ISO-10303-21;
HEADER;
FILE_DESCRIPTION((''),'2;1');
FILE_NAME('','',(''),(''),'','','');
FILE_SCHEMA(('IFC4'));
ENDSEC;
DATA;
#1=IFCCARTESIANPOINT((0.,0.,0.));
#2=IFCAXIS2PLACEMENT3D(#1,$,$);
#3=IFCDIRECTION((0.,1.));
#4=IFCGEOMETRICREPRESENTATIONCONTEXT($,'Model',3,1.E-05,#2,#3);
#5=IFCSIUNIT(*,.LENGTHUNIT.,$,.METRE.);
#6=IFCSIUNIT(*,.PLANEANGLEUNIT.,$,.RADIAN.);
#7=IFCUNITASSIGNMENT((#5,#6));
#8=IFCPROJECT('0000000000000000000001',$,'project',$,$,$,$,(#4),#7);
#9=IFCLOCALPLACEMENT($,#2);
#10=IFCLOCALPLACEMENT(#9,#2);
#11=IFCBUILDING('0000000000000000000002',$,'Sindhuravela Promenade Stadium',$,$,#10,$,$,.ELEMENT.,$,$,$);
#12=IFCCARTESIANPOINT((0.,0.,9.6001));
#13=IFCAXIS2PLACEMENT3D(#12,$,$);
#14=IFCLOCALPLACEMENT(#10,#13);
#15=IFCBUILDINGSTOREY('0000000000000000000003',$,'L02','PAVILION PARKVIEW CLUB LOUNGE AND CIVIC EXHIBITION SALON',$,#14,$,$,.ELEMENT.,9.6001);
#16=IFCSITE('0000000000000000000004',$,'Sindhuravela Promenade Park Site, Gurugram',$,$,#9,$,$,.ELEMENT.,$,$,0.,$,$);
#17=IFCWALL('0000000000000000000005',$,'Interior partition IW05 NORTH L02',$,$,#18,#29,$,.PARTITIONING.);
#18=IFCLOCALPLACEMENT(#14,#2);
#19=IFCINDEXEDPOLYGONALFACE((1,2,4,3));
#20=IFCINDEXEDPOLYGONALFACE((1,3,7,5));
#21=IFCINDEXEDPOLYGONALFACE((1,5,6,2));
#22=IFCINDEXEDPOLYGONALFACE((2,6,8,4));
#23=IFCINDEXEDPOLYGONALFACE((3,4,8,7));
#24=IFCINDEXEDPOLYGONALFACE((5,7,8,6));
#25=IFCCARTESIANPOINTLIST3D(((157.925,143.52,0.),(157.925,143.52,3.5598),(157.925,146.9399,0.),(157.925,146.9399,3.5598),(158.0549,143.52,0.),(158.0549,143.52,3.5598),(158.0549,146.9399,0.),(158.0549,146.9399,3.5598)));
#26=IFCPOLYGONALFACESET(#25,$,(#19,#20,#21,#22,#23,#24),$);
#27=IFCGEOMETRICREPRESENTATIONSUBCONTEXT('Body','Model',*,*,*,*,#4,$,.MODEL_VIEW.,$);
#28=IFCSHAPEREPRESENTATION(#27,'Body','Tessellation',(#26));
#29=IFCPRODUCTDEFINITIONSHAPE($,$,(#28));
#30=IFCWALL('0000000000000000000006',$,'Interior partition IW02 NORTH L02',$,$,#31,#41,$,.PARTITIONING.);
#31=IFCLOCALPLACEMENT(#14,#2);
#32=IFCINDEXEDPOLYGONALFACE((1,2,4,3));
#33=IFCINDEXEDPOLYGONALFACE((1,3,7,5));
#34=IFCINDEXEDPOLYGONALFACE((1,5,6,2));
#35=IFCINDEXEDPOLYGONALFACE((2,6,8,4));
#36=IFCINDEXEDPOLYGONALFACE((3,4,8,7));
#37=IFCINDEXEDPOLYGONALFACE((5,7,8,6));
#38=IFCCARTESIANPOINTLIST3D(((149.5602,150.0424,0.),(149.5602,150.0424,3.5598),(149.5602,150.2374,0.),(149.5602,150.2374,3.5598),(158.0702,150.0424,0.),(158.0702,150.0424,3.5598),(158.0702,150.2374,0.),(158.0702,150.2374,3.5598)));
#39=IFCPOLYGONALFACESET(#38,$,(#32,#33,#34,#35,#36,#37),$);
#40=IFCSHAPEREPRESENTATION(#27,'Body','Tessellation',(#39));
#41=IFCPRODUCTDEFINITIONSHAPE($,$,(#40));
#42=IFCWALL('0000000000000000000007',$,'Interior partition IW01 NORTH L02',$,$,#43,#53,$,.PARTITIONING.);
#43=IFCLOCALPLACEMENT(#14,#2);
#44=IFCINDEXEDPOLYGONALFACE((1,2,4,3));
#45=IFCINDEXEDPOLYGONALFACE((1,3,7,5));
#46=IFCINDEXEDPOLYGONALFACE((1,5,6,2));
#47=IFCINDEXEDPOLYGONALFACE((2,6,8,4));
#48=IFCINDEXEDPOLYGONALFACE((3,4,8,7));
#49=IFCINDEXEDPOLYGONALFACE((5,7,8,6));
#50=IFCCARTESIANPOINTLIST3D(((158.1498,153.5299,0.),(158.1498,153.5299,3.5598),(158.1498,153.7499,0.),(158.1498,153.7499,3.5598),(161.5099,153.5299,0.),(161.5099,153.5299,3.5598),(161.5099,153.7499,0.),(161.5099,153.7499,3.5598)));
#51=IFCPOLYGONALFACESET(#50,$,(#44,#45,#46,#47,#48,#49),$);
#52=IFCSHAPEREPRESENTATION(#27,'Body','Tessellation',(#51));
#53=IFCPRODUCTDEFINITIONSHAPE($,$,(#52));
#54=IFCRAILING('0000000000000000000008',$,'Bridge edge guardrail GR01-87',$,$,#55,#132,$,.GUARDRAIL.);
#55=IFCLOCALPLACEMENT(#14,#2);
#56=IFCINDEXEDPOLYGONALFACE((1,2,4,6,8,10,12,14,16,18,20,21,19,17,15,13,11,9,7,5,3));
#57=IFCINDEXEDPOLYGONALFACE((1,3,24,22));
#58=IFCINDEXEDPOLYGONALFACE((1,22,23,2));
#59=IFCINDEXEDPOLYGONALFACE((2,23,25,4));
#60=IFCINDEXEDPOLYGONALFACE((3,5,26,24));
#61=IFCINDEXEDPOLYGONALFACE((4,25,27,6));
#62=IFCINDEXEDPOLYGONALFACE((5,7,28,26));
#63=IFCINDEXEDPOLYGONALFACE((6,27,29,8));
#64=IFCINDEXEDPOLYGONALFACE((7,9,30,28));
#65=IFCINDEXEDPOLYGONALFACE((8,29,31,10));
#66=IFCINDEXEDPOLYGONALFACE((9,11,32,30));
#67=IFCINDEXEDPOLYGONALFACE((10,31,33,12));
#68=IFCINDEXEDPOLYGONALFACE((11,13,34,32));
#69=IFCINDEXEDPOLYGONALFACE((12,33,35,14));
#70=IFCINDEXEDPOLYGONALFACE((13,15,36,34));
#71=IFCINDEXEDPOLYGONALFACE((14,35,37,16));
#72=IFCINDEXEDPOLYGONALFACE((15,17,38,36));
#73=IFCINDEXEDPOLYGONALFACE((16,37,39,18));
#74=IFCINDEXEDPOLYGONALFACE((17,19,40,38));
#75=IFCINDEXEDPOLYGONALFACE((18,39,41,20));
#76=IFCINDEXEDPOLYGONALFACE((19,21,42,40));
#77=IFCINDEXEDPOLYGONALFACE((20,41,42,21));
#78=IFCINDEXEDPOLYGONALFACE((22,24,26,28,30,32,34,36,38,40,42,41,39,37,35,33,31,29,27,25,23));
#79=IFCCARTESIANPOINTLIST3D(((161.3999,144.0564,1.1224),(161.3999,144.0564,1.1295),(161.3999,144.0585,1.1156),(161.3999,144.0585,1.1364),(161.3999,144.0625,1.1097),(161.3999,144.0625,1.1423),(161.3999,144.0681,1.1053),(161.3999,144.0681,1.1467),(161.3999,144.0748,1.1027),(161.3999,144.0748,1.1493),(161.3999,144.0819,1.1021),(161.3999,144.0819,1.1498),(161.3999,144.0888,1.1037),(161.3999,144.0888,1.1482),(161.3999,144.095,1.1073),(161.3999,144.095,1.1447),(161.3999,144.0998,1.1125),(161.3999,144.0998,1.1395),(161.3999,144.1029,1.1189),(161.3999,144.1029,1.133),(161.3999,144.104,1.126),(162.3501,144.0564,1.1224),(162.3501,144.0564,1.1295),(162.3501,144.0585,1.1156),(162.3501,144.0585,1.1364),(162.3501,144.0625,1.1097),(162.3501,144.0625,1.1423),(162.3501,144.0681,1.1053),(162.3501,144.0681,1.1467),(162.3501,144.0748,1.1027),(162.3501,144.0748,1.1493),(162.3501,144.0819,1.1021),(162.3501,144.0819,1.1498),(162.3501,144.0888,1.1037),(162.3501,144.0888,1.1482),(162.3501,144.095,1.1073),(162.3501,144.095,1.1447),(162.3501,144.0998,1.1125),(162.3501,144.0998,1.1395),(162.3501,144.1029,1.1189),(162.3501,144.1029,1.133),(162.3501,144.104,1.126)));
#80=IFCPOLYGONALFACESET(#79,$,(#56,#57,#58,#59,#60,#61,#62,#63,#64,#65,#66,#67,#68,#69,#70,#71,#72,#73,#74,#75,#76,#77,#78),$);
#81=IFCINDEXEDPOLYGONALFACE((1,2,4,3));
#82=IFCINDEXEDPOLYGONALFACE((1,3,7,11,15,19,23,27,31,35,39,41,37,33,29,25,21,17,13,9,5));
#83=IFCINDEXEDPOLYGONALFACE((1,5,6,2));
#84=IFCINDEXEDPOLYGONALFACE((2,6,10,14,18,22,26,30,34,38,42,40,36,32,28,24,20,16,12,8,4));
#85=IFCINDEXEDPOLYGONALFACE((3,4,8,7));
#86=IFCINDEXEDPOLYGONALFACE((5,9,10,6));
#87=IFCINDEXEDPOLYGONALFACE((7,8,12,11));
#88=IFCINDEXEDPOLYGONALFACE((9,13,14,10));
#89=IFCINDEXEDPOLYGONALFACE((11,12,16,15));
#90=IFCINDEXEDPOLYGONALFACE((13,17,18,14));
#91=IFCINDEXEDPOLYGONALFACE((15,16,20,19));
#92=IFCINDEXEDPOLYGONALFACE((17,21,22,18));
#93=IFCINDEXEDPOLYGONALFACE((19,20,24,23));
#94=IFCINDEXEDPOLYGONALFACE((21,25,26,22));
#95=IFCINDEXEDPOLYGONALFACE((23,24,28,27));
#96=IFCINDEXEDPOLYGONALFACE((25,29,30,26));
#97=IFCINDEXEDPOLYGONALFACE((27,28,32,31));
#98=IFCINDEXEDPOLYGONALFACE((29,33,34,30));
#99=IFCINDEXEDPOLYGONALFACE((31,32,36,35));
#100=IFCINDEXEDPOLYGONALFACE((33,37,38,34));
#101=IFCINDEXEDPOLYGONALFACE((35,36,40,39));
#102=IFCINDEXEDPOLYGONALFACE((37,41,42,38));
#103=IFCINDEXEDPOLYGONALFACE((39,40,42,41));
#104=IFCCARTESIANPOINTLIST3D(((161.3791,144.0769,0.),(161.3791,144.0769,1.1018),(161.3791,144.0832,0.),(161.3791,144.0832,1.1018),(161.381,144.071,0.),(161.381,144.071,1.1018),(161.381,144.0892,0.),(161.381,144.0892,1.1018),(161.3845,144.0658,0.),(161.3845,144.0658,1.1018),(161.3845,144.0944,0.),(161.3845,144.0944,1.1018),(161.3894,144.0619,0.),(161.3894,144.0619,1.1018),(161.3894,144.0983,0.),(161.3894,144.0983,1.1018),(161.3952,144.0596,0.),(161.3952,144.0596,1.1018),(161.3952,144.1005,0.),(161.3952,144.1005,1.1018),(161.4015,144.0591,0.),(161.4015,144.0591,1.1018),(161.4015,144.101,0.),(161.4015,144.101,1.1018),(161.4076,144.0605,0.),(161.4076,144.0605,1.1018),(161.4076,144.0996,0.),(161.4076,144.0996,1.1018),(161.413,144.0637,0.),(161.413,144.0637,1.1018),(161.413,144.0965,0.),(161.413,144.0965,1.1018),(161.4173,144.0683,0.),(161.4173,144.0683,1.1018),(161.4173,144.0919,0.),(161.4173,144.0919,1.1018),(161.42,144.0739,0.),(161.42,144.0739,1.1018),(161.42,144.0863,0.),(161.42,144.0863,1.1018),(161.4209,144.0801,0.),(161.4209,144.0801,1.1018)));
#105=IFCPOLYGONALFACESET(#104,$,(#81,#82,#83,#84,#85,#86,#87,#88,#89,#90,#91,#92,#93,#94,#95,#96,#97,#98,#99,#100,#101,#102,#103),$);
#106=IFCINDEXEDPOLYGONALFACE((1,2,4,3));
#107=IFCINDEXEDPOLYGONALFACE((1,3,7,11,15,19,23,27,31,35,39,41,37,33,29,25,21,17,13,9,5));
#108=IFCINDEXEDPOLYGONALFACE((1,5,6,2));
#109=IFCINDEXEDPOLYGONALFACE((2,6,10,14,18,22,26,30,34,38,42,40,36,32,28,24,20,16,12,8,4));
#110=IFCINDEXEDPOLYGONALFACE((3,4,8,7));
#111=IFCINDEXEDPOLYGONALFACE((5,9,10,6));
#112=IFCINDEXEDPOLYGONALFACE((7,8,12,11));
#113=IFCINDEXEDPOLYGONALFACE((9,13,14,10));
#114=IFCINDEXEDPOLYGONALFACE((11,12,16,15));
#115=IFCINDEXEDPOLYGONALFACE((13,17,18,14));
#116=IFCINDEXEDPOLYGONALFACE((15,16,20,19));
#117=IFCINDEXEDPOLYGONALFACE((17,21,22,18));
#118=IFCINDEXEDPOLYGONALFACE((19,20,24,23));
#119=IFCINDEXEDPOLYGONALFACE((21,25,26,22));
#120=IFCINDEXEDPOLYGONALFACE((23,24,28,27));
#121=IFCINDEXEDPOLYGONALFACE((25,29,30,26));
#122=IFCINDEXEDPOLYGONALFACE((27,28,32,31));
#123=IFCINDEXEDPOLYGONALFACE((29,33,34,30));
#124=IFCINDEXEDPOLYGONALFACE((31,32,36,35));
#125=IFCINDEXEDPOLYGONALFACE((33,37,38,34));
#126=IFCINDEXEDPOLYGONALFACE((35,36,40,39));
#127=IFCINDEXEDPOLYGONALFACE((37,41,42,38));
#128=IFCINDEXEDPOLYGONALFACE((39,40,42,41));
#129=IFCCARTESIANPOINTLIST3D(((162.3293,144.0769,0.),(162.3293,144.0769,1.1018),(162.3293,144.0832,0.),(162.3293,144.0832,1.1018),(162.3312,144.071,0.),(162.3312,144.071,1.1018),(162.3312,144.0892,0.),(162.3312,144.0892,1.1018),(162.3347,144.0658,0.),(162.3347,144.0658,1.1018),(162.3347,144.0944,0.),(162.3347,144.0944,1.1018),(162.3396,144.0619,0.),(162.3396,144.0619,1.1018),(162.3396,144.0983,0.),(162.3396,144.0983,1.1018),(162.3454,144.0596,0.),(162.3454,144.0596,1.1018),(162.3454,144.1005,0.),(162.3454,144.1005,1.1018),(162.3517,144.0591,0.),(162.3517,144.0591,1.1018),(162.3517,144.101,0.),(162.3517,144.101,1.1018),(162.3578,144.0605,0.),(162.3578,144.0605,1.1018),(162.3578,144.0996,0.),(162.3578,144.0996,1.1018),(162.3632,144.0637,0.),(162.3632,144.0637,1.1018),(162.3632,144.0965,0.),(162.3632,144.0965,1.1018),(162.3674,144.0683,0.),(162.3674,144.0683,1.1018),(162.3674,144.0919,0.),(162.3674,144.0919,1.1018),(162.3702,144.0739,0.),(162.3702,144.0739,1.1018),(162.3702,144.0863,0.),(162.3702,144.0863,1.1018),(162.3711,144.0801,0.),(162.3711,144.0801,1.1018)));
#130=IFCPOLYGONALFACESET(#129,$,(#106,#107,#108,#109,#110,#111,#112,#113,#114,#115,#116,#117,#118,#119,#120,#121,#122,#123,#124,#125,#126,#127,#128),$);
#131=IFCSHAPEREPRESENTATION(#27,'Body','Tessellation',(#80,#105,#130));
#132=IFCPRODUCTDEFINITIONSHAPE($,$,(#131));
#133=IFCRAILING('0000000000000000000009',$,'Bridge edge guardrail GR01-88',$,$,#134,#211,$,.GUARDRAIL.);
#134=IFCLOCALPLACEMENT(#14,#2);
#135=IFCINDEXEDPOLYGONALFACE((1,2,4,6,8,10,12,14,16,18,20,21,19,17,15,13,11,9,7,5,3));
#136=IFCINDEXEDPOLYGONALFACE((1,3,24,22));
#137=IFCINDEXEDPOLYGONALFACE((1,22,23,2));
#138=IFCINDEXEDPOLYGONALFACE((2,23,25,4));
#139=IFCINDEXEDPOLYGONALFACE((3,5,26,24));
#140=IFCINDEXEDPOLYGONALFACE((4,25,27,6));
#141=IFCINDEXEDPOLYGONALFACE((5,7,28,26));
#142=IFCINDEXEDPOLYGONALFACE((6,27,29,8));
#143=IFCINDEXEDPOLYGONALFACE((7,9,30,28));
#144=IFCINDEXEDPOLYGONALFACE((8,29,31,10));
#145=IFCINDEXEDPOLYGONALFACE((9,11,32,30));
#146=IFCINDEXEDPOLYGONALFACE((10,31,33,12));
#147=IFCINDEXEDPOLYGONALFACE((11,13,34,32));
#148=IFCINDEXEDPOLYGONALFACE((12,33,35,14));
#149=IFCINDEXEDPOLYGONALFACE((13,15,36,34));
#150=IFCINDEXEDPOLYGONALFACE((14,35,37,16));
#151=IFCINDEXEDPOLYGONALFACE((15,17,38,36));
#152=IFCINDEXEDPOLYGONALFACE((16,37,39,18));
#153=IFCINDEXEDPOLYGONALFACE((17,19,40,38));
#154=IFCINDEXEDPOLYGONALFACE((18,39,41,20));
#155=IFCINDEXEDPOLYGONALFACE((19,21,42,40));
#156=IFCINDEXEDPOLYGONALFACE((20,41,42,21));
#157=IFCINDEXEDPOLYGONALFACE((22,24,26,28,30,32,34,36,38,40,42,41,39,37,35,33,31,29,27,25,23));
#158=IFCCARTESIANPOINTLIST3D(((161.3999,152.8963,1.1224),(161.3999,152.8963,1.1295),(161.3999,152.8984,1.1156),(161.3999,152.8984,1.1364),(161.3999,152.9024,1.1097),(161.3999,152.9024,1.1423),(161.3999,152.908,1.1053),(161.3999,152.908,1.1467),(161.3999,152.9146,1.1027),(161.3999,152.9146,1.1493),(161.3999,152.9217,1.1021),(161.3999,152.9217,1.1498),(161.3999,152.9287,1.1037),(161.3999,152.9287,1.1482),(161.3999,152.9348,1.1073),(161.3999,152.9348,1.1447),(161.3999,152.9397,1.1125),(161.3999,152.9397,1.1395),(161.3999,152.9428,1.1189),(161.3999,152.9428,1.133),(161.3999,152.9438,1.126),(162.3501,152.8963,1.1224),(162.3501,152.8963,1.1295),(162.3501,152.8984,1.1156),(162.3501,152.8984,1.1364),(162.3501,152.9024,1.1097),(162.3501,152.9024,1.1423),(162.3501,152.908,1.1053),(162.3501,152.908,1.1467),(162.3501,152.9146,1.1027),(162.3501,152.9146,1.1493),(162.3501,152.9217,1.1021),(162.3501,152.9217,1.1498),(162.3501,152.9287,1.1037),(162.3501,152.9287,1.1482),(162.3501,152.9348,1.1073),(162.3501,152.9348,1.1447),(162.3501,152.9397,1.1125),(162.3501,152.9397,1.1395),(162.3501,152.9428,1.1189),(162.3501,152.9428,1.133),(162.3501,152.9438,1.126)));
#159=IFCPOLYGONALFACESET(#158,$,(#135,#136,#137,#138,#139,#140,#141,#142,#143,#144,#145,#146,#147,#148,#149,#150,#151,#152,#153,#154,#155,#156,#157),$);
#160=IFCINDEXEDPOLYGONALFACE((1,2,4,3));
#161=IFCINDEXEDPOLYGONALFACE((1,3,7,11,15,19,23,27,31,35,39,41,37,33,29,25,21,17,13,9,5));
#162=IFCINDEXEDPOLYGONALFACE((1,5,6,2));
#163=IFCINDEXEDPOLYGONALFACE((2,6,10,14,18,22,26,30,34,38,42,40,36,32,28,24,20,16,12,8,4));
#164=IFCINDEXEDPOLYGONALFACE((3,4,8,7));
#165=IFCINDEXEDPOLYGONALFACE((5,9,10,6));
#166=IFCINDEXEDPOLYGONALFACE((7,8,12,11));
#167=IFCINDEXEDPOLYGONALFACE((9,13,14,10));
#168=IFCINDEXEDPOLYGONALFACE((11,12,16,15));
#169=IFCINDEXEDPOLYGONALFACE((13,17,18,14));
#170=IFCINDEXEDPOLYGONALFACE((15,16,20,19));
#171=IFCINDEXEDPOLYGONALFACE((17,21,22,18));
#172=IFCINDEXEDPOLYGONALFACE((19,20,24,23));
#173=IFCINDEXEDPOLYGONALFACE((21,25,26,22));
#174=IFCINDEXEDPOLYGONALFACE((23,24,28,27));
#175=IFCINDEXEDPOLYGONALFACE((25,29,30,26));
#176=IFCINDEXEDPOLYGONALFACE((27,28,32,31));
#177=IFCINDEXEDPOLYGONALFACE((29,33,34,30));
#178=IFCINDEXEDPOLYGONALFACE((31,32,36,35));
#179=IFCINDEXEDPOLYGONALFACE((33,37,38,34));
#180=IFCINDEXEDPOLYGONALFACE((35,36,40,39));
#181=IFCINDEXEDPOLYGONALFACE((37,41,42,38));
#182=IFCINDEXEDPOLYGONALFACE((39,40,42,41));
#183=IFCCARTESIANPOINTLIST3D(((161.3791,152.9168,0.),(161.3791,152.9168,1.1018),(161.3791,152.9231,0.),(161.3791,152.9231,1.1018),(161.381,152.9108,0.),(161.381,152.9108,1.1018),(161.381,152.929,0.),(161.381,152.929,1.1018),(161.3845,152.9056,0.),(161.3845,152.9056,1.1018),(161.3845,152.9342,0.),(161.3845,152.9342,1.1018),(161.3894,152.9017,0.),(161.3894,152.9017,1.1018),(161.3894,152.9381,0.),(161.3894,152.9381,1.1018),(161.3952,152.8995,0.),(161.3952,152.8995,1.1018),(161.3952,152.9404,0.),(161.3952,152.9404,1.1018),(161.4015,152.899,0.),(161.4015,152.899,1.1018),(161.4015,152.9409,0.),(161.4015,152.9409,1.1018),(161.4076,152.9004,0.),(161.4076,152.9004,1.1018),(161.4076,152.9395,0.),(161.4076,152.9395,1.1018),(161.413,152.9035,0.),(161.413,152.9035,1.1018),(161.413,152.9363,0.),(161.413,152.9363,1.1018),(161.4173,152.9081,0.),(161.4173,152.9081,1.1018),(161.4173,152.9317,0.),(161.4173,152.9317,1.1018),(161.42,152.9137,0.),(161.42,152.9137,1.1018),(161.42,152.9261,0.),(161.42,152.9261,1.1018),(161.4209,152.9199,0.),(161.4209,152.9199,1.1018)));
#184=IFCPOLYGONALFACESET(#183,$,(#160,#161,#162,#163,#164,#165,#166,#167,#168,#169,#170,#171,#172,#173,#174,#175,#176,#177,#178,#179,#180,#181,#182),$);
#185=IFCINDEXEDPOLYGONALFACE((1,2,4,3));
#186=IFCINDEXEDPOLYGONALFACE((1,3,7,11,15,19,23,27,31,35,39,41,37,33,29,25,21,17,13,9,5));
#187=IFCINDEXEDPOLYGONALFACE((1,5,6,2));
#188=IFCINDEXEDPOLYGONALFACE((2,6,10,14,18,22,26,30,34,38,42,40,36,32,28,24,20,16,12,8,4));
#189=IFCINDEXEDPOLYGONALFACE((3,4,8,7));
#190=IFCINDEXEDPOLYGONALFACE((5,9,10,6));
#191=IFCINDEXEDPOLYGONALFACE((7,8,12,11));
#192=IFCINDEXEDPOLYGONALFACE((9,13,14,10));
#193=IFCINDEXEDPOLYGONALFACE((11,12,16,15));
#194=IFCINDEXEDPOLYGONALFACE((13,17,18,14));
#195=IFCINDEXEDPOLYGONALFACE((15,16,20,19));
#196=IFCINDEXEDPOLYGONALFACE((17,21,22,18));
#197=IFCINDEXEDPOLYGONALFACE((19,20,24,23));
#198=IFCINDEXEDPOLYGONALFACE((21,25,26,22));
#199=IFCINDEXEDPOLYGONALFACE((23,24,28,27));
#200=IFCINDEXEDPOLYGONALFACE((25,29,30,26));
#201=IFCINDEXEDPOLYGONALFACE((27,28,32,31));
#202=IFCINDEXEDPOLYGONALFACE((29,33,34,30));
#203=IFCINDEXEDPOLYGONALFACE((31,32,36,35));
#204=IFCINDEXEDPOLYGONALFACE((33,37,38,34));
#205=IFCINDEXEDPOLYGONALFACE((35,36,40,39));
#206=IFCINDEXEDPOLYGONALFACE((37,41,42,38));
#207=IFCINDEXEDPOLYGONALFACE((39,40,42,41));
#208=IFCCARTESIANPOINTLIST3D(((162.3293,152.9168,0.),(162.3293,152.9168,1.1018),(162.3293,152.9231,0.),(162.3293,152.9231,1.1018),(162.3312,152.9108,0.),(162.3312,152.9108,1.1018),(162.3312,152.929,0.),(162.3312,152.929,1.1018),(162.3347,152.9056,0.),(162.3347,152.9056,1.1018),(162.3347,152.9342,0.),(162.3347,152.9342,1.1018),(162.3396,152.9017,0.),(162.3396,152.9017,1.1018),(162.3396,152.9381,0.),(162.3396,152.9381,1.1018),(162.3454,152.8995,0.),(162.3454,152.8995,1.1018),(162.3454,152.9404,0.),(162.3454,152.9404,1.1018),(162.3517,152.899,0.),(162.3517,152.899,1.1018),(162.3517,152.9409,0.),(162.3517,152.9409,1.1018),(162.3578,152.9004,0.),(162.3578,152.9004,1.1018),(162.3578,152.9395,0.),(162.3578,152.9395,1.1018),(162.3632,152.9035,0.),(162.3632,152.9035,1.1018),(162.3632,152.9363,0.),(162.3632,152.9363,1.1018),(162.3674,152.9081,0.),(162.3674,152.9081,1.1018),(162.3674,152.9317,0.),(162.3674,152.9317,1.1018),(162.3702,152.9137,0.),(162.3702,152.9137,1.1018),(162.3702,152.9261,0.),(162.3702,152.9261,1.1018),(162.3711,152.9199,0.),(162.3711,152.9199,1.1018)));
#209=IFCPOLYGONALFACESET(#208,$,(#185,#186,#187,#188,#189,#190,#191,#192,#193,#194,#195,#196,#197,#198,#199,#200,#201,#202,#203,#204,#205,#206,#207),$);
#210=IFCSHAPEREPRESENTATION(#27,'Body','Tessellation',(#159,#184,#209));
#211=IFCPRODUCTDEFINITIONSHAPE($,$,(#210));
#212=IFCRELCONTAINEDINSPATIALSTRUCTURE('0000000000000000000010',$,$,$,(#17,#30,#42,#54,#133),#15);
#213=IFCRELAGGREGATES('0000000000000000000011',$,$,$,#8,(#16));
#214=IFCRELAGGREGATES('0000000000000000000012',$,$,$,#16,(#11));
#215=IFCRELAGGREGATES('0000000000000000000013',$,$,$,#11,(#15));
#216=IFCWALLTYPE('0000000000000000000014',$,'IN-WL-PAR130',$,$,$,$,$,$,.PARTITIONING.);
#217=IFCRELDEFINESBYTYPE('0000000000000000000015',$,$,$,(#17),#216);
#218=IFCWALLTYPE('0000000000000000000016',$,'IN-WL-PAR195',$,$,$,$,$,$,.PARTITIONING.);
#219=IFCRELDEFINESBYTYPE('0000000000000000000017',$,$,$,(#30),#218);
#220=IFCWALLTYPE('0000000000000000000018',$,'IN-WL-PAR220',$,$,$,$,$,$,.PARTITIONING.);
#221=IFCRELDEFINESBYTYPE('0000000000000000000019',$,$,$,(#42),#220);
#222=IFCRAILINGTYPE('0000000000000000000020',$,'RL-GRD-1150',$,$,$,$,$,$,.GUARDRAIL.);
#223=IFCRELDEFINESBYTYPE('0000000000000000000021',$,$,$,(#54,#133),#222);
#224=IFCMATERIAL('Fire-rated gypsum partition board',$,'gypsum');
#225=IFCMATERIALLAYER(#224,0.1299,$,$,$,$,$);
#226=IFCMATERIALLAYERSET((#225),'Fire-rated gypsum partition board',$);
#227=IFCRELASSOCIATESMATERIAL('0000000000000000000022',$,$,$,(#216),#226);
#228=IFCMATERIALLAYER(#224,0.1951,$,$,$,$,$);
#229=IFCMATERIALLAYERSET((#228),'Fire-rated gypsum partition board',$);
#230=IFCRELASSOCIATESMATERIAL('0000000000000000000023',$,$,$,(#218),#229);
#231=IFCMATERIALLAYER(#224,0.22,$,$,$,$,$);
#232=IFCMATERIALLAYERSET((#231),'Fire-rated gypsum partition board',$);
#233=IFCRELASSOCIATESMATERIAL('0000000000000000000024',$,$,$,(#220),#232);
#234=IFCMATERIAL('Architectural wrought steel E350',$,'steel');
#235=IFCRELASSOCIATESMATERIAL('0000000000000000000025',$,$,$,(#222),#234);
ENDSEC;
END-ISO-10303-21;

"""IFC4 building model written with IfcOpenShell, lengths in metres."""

from ifc_helpers import new_model, si_unit, direction, frame, frame_2d, origin, origin_2d, place, context, subcontext, project, spatial, rectangle, circle, extrude, material, layer, layer_set, type_object, element, save


model = new_model("IFC4")

# Units and contexts
model_context = context("Model", 3, precision=1e-05, world=origin(), true_north=direction((0.0, 1.0)))
body_context = subcontext(model_context, "Body", "Model", "MODEL_VIEW")
ifc_project = project(units=[si_unit("LENGTHUNIT", "METRE"), si_unit("PLANEANGLEUNIT", "RADIAN")], contexts=[model_context])

# Site, building, storey
site_placement = place(None, origin())
site = spatial("IfcSite", under=ifc_project, at=site_placement, Name="Sindhuravela Promenade Park Site, Gurugram", CompositionType="ELEMENT", RefElevation=0.0)
building_placement = place(site_placement, origin())
building = spatial("IfcBuilding", under=site, at=building_placement, Name="Sindhuravela Promenade Stadium", CompositionType="ELEMENT")
storey_placement = place(building_placement, frame((0.0, 0.0, 9.6001)))
storey = spatial("IfcBuildingStorey", under=building, at=storey_placement, Name="L02", Description="PAVILION PARKVIEW CLUB LOUNGE AND CIVIC EXHIBITION SALON", CompositionType="ELEMENT", Elevation=9.6001)

# Shared definitions
ifc_material_1 = material(Name="Fire-rated gypsum partition board", Category="gypsum")

# Walls
ifc_layer_1 = layer(ifc_material_1, 0.1299)
ifc_layer_set_1 = layer_set([ifc_layer_1], Name="Fire-rated gypsum partition board")
wall_type_1 = type_object("IfcWallType", Name="IN-WL-PAR130", PredefinedType="PARTITIONING", material=ifc_layer_set_1)
wall_1_placement = place(storey_placement, frame((157.99, 146.9399, 0.0), z_axis=(0.0, 0.0, 1.0), x_axis=(0.0, -1.0, 0.0)))
element("IfcWall", 1, at=wall_1_placement, inside=storey, type_object=wall_type_1, Name="Interior partition IW05 NORTH L02", PredefinedType="PARTITIONING", context=body_context, shape_type="SweptSolid", body=[
    extrude(rectangle(XDim=3.4199, YDim=0.1299, at=frame_2d((1.71, 0.0))), origin(), (0.0, 0.0, 1.0), 3.5598),
])
ifc_layer_2 = layer(ifc_material_1, 0.1951)
ifc_layer_set_2 = layer_set([ifc_layer_2], Name="Fire-rated gypsum partition board")
wall_type_2 = type_object("IfcWallType", Name="IN-WL-PAR195", PredefinedType="PARTITIONING", material=ifc_layer_set_2)
wall_2_placement = place(storey_placement, frame((158.0701, 150.1399, 0.0), z_axis=(0.0, 0.0, 1.0), x_axis=(-1.0, 0.0, 0.0)))
element("IfcWall", 2, at=wall_2_placement, inside=storey, type_object=wall_type_2, Name="Interior partition IW02 NORTH L02", PredefinedType="PARTITIONING", context=body_context, shape_type="SweptSolid", body=[
    extrude(rectangle(XDim=8.51, YDim=0.1951, at=frame_2d((4.2549, 0.0))), origin(), (0.0, 0.0, 1.0), 3.5598),
])
ifc_layer_3 = layer(ifc_material_1, 0.22)
ifc_layer_set_3 = layer_set([ifc_layer_3], Name="Fire-rated gypsum partition board")
wall_type_3 = type_object("IfcWallType", Name="IN-WL-PAR220", PredefinedType="PARTITIONING", material=ifc_layer_set_3)
wall_3_placement = place(storey_placement, frame((161.51, 153.6399, 0.0), z_axis=(0.0, 0.0, 1.0), x_axis=(-1.0, 0.0, 0.0)))
element("IfcWall", 3, at=wall_3_placement, inside=storey, type_object=wall_type_3, Name="Interior partition IW01 NORTH L02", PredefinedType="PARTITIONING", context=body_context, shape_type="SweptSolid", body=[
    extrude(rectangle(XDim=3.3601, YDim=0.22, at=frame_2d((1.6802, 0.0))), origin(), (0.0, 0.0, 1.0), 3.5598),
])

# Railings
ifc_material_2 = material(Name="Architectural wrought steel E350", Category="steel")
railing_type = type_object("IfcRailingType", Name="RL-GRD-1150", PredefinedType="GUARDRAIL", material=ifc_material_2)
for number, where, name in (
    (4, (161.3999, 144.0801, 0.0), "Bridge edge guardrail GR01-87"),
    (5, (161.3999, 152.9199, 0.0), "Bridge edge guardrail GR01-88"),
):
    element("IfcRailing", number, at=place(storey_placement, frame(where)), inside=storey, type_object=railing_type, Name=name, PredefinedType="GUARDRAIL", context=body_context, shape_type="SweptSolid", body=[
        extrude(circle(Radius=0.0239, at=origin_2d()), frame((0.0, 0.0, 1.126), z_axis=(1.0, 0.0, 0.0), x_axis=(0.0, 1.0, 0.0)), (0.0, 0.0, 1.0), 0.9502),
        extrude(circle(Radius=0.021, at=origin_2d()), origin(), (0.0, 0.0, 1.0), 1.1018),
        extrude(circle(Radius=0.021, at=origin_2d()), frame((0.9502, 0.0, 0.0)), (0.0, 0.0, 1.0), 1.1018),
    ])

save(model, "model.ifc")
